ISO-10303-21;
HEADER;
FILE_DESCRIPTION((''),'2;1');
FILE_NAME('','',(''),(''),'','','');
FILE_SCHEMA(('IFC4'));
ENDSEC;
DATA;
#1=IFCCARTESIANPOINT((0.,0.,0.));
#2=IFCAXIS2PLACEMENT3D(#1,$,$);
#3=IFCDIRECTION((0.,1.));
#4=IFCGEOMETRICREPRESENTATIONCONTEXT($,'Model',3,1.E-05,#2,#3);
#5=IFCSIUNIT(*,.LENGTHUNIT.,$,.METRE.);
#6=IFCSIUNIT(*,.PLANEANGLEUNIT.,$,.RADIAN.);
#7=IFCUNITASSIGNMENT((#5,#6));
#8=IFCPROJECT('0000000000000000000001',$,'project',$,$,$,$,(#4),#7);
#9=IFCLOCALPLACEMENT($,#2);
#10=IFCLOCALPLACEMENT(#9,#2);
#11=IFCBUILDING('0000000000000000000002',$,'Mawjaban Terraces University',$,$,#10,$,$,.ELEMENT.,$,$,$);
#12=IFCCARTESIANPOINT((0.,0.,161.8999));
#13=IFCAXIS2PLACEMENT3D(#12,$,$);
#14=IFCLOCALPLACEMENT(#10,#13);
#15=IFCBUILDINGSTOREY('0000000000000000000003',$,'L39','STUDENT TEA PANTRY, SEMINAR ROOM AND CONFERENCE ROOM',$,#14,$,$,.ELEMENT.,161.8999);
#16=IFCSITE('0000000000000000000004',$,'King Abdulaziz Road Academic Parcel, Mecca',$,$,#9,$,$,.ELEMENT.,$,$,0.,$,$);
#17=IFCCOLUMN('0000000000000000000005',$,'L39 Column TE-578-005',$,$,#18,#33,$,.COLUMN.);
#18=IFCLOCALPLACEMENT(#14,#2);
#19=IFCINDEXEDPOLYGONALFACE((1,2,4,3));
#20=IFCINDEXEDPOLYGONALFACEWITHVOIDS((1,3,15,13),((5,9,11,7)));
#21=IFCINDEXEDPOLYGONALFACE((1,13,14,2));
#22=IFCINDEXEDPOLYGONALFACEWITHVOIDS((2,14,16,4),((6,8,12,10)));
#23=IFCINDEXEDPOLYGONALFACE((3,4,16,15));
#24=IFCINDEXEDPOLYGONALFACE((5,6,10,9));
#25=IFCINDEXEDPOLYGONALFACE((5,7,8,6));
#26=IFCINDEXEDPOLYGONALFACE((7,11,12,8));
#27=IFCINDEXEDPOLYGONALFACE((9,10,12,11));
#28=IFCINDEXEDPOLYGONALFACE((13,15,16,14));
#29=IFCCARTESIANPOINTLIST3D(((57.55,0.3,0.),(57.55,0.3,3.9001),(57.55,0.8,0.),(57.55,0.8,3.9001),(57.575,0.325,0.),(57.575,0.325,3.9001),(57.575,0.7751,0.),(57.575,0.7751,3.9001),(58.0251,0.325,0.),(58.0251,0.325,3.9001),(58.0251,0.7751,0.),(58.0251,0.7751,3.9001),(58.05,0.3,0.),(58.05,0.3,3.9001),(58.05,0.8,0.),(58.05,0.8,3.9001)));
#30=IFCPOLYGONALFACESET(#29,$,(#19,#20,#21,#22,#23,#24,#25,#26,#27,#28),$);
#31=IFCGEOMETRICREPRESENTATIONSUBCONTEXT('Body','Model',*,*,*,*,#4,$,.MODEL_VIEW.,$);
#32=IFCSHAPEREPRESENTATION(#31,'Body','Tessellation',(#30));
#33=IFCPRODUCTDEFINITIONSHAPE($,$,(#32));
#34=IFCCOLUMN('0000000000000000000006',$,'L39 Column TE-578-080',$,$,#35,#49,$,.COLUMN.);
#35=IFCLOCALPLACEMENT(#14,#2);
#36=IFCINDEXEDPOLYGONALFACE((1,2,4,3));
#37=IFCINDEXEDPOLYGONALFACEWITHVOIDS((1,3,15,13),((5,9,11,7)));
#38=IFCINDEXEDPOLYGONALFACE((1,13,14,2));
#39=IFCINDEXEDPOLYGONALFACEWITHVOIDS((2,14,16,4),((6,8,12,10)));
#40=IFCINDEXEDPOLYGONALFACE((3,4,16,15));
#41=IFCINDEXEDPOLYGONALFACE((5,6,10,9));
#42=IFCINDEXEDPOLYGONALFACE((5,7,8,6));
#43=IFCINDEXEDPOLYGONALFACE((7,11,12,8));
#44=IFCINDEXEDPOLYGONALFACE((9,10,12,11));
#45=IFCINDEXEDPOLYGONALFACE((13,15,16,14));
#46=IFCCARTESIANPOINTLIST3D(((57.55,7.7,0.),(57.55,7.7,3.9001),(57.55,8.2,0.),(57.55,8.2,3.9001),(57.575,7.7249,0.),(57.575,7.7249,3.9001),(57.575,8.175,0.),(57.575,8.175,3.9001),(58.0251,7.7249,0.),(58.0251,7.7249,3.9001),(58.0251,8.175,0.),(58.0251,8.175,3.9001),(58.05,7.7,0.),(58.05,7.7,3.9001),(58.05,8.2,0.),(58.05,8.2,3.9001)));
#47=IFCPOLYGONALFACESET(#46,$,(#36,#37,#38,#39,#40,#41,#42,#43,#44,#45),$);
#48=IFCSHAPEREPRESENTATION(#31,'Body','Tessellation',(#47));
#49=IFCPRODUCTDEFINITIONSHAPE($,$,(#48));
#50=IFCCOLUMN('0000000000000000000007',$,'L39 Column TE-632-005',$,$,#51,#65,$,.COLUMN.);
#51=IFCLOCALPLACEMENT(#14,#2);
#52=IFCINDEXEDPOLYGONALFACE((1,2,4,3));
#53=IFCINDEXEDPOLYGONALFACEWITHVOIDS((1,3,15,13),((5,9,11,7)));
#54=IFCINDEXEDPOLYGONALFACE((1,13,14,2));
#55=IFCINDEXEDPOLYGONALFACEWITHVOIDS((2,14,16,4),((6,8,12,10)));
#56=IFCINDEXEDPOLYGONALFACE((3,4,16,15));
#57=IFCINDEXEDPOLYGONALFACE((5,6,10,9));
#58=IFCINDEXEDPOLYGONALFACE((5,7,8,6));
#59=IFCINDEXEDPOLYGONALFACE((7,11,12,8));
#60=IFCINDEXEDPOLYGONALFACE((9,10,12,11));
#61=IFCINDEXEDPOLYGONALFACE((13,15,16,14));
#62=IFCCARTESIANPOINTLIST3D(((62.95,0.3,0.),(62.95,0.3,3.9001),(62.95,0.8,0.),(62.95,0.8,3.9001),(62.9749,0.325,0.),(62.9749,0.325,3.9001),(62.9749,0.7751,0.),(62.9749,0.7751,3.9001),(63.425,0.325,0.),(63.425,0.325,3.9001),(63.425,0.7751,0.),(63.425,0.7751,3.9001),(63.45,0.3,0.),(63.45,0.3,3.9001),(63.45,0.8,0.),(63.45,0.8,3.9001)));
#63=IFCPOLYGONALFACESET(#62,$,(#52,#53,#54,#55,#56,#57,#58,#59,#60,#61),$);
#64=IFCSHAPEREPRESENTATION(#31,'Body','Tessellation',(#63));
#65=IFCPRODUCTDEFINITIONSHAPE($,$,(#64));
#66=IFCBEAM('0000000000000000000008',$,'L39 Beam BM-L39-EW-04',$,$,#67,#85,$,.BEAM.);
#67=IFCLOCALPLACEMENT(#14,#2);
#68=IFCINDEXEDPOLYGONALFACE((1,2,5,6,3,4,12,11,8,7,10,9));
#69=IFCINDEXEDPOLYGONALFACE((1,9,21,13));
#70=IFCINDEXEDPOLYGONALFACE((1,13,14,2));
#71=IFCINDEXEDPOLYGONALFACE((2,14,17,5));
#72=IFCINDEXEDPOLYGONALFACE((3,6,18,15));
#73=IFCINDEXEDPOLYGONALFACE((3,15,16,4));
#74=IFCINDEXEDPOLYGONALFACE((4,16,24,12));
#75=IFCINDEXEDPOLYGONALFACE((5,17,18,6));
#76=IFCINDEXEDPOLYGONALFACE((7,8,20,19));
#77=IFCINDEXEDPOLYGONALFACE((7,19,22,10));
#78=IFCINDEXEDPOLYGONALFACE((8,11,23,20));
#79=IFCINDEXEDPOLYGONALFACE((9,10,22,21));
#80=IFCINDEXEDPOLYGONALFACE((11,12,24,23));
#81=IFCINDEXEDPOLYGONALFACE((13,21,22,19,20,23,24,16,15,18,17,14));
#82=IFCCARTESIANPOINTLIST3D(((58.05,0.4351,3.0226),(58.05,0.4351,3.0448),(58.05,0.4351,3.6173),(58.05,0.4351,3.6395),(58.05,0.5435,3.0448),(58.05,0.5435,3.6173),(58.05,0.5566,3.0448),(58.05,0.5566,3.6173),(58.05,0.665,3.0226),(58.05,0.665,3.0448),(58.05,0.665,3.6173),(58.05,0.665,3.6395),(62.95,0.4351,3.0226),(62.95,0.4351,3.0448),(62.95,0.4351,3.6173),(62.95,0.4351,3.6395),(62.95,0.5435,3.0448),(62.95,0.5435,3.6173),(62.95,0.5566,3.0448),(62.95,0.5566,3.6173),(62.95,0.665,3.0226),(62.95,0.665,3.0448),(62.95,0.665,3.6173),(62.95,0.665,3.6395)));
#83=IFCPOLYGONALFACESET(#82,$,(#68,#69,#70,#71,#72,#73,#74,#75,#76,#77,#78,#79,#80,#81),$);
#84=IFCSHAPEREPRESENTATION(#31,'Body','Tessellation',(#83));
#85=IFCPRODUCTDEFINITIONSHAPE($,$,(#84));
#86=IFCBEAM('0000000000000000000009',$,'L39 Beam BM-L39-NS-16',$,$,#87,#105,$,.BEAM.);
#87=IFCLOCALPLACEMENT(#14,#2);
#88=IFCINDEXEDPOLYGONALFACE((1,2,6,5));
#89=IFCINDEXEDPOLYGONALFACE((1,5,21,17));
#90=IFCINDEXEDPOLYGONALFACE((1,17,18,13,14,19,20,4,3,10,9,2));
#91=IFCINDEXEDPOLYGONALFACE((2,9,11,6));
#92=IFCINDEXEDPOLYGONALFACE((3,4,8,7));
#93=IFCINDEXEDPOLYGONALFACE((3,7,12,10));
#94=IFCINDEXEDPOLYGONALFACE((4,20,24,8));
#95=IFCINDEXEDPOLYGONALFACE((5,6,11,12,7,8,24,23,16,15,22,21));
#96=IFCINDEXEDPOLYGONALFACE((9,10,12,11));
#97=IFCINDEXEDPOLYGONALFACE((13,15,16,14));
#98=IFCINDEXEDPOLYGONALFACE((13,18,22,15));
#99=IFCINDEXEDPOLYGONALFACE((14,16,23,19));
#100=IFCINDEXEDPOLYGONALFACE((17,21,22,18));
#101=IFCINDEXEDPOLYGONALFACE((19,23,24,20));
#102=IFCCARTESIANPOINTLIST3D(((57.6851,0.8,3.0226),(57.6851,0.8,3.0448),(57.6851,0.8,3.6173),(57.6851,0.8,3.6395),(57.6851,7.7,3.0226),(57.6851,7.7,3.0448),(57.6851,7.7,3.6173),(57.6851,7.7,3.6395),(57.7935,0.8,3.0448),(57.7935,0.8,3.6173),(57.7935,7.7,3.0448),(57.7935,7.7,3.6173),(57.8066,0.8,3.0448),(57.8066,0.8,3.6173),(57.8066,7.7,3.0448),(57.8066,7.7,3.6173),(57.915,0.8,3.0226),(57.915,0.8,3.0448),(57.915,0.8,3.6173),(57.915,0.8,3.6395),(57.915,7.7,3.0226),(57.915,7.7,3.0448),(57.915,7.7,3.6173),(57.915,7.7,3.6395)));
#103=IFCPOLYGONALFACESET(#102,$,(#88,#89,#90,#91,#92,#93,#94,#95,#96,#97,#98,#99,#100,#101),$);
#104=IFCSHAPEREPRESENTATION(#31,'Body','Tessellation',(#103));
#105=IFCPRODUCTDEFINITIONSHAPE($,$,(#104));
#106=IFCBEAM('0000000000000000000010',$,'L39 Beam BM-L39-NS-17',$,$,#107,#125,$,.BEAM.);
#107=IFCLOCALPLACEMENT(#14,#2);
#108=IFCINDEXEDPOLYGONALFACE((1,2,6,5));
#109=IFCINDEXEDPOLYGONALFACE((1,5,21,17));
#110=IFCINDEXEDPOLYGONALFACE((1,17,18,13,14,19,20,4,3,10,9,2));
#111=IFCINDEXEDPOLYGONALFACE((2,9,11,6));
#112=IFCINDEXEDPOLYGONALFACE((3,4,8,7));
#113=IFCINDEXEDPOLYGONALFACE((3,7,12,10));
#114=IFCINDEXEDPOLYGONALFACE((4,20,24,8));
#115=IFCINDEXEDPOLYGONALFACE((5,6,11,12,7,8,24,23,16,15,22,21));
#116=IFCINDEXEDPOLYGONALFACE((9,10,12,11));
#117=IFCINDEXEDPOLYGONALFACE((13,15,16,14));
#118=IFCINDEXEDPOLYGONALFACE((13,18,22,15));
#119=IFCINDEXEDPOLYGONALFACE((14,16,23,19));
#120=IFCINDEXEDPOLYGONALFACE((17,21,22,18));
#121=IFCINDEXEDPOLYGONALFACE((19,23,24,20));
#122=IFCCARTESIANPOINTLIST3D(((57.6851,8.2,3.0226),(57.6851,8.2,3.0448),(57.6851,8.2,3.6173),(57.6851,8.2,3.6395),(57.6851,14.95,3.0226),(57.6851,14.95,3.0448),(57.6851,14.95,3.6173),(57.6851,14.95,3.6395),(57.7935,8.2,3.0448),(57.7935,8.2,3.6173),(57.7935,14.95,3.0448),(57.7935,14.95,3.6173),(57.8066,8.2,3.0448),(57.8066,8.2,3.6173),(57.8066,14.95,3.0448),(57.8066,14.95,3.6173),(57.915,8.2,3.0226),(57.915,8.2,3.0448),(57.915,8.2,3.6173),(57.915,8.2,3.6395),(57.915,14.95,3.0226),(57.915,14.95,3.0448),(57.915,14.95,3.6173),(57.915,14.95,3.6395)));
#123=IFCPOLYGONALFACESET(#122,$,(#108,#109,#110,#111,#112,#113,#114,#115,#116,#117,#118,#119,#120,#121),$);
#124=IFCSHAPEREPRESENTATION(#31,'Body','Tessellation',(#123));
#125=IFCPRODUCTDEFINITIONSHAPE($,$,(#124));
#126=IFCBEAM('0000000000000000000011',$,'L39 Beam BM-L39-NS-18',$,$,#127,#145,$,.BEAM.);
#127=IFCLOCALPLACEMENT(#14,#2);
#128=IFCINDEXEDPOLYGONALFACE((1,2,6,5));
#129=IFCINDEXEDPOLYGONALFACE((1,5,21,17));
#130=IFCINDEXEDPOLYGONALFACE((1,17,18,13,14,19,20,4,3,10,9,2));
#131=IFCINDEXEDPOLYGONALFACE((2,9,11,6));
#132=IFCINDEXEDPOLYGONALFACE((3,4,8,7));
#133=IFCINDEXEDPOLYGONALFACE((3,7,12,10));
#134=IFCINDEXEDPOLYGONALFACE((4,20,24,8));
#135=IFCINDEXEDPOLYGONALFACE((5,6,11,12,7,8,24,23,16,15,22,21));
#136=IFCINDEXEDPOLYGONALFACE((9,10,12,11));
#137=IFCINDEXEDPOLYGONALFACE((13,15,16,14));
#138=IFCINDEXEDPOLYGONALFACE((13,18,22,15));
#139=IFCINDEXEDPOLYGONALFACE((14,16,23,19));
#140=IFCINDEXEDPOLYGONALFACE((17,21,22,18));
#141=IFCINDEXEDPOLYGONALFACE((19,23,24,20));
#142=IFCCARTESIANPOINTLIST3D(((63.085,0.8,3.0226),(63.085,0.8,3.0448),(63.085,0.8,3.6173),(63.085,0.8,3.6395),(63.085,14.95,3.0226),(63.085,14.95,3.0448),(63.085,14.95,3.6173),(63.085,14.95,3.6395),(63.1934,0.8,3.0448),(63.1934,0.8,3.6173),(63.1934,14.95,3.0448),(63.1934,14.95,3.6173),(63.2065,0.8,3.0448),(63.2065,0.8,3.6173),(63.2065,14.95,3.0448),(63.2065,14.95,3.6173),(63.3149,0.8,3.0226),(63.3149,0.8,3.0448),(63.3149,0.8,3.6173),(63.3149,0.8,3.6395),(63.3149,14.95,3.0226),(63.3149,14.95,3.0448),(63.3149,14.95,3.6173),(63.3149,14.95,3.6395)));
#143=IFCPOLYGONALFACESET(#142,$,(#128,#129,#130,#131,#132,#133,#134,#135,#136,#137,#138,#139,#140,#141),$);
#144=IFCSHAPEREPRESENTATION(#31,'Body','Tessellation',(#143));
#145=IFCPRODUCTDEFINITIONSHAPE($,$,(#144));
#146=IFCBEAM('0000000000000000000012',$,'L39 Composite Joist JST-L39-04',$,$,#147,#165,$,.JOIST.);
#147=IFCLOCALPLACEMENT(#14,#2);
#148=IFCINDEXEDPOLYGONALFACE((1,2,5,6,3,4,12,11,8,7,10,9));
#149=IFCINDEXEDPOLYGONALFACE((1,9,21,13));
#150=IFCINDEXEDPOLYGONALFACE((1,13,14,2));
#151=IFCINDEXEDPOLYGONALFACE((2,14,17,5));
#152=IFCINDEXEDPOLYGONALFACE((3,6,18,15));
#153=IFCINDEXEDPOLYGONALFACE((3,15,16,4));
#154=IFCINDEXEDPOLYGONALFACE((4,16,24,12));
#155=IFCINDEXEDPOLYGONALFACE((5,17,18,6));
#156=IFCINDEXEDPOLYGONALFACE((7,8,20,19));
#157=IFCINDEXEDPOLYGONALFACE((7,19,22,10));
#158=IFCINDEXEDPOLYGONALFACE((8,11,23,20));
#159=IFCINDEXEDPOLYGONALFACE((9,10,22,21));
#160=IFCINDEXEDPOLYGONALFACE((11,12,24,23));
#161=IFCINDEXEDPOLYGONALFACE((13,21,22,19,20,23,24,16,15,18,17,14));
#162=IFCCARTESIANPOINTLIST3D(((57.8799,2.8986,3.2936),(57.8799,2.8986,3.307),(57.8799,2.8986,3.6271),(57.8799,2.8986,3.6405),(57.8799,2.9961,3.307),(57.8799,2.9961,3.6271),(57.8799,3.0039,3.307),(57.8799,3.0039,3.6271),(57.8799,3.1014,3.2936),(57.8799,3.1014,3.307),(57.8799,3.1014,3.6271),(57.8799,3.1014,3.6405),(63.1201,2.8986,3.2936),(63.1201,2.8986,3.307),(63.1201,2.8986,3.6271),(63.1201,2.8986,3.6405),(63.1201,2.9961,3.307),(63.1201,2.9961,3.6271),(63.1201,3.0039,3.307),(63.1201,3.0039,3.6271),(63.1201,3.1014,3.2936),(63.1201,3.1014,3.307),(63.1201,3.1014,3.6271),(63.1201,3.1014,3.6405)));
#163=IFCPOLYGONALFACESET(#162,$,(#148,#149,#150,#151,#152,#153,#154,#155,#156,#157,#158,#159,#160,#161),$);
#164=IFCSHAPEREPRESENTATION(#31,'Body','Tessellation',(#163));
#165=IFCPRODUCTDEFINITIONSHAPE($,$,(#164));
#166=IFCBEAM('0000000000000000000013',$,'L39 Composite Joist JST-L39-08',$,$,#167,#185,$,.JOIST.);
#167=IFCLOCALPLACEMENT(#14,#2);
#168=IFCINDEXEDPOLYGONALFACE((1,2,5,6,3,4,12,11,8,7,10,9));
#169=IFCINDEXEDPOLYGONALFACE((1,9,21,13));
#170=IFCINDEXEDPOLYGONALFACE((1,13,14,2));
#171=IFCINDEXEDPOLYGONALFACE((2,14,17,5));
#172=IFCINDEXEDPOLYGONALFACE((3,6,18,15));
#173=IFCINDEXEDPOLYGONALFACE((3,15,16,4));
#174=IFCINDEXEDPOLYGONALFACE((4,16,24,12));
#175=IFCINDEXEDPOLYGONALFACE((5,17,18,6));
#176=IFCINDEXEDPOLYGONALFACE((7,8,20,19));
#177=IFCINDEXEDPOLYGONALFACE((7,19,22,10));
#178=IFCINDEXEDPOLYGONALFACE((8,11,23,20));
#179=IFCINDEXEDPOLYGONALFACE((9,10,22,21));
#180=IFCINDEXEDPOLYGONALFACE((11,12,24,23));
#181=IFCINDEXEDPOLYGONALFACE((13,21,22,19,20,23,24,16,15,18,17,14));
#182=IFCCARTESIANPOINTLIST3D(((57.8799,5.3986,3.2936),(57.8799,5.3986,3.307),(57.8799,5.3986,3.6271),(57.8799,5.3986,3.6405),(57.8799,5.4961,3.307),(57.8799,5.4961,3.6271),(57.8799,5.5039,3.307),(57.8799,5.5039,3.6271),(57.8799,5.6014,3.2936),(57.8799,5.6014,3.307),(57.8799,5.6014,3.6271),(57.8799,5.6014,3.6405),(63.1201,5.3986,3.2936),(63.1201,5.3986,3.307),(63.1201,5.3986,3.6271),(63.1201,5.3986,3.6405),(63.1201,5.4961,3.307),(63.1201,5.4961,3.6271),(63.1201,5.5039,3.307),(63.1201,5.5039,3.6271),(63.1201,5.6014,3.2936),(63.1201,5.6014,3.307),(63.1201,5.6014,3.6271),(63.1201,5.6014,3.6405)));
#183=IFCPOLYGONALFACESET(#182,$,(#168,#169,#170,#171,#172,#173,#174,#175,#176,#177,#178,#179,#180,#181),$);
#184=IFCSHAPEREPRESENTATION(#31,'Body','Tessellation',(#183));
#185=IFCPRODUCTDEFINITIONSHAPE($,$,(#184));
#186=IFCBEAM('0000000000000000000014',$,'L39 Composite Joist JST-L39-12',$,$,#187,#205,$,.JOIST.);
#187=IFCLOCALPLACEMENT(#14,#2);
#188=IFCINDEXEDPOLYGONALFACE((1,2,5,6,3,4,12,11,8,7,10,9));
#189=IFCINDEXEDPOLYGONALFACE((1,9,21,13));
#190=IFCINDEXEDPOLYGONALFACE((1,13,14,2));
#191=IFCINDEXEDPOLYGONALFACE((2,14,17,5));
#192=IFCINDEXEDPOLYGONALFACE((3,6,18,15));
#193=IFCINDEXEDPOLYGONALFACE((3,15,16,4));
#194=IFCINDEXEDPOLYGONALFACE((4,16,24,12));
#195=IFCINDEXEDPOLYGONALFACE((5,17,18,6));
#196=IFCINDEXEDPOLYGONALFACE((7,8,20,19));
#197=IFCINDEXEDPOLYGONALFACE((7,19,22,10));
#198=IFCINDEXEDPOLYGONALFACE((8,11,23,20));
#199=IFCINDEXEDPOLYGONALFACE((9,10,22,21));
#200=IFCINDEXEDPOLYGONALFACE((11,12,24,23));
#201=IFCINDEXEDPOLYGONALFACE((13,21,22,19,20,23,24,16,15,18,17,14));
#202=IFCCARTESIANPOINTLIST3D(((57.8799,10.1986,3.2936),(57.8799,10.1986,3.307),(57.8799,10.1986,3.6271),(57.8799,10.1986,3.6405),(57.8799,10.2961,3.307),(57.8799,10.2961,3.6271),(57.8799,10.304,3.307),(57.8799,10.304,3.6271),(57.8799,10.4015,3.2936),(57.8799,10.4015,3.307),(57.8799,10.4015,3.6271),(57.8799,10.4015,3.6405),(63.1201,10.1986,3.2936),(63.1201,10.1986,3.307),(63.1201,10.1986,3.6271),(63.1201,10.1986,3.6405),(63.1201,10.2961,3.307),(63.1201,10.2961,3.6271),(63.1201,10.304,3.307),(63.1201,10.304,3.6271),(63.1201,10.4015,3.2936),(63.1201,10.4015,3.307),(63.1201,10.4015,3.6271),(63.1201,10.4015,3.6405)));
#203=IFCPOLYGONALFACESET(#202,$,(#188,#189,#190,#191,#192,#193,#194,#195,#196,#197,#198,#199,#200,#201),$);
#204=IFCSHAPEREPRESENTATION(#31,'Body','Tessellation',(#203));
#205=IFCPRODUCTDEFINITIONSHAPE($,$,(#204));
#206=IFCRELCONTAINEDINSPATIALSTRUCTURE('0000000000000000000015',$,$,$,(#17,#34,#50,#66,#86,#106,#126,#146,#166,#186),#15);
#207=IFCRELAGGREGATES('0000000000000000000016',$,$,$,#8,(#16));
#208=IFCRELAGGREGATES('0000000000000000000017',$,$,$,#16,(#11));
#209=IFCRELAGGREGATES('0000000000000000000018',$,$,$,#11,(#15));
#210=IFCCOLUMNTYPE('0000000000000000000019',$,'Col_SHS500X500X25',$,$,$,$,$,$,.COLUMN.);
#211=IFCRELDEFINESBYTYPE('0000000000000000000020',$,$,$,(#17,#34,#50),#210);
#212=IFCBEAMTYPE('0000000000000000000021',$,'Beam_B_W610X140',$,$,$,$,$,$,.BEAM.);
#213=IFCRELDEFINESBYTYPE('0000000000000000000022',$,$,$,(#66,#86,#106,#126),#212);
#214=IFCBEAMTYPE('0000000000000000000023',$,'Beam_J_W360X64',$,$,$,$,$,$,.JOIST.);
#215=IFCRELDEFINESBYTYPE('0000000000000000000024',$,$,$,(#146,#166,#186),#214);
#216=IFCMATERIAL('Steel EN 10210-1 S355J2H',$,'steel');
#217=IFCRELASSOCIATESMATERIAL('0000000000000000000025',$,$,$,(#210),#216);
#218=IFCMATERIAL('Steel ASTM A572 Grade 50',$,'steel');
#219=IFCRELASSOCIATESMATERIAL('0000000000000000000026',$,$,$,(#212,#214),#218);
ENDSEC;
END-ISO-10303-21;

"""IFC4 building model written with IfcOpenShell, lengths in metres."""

from ifc_helpers import new_model, si_unit, direction, frame, origin, origin_2d, place, context, subcontext, project, spatial, hollow_rectangle, i_section, extrude, material, material_profile, profile_set, type_object, element, save


model = new_model("IFC4")

# Units and contexts
model_context = context("Model", 3, precision=1e-05, world=origin(), true_north=direction((0.0, 1.0)))
body_context = subcontext(model_context, "Body", "Model", "MODEL_VIEW")
ifc_project = project(units=[si_unit("LENGTHUNIT", "METRE"), si_unit("PLANEANGLEUNIT", "RADIAN")], contexts=[model_context])

# Site, building, storey
site_placement = place(None, origin())
site = spatial("IfcSite", under=ifc_project, at=site_placement, Name="King Abdulaziz Road Academic Parcel, Mecca", CompositionType="ELEMENT", RefElevation=0.0)
building_placement = place(site_placement, origin())
building = spatial("IfcBuilding", under=site, at=building_placement, Name="Mawjaban Terraces University", CompositionType="ELEMENT")
storey_placement = place(building_placement, frame((0.0, 0.0, 161.8999)))
storey = spatial("IfcBuildingStorey", under=building, at=storey_placement, Name="L39", Description="STUDENT TEA PANTRY, SEMINAR ROOM AND CONFERENCE ROOM", CompositionType="ELEMENT", Elevation=161.8999)

# Columns
ifc_material_1 = material(Name="Steel EN 10210-1 S355J2H", Category="steel")
ifc_material_profile_1 = material_profile(ifc_material_1, hollow_rectangle(XDim=0.5, YDim=0.5, WallThickness=0.0249, at=origin_2d()), Name="SHS500X500X25")
ifc_profile_set_1 = profile_set([ifc_material_profile_1], Name="Steel EN 10210-1 S355J2H")
column_type = type_object("IfcColumnType", Name="Col_SHS500X500X25", PredefinedType="COLUMN", material=ifc_profile_set_1)
for number, where, z_axis, x_axis, name in (
    (1, (57.8, 0.55, 0.0), (0.0, 0.0, 1.0), (1.0, 0.0, 0.0), "L39 Column TE-578-005"),
    (2, (57.8, 7.95, 0.0), (0.0, 0.0, 1.0), (1.0, 0.0, 0.0), "L39 Column TE-578-080"),
    (3, (63.2, 0.55, 0.0), (0.0, 0.0, 1.0), (1.0, 0.0, 0.0), "L39 Column TE-632-005"),
):
    element("IfcColumn", number, at=place(storey_placement, frame(where, z_axis=z_axis, x_axis=x_axis)), inside=storey, type_object=column_type, Name=name, PredefinedType="COLUMN", context=body_context, shape_type="SweptSolid", body=[
        extrude(hollow_rectangle(XDim=0.5, YDim=0.5, WallThickness=0.0249, at=origin_2d()), origin(), (0.0, 0.0, 1.0), 3.9001),
    ])

# Beams
ifc_material_2 = material(Name="Steel ASTM A572 Grade 50", Category="steel")
ifc_material_profile_2 = material_profile(ifc_material_2, i_section(OverallWidth=0.23, OverallDepth=0.6169, WebThickness=0.0132, FlangeThickness=0.0222, at=origin_2d()), Name="W610X140")
ifc_profile_set_2 = profile_set([ifc_material_profile_2], Name="Steel ASTM A572 Grade 50")
beam_type_1 = type_object("IfcBeamType", Name="Beam_B_W610X140", PredefinedType="BEAM", material=ifc_profile_set_2)
beam_1_placement = place(storey_placement, frame((58.05, 0.55, 3.3311), z_axis=(1.0, 0.0, 0.0), x_axis=(0.0, 1.0, 0.0)))
element("IfcBeam", 4, at=beam_1_placement, inside=storey, type_object=beam_type_1, Name="L39 Beam BM-L39-EW-04", PredefinedType="BEAM", context=body_context, shape_type="SweptSolid", body=[
    extrude(i_section(OverallWidth=0.23, OverallDepth=0.6169, WebThickness=0.0132, FlangeThickness=0.0222, at=origin_2d()), origin(), (0.0, 0.0, 1.0), 4.8999),
])
beam_2_placement = place(storey_placement, frame((57.8, 0.8, 3.3311), z_axis=(0.0, 1.0, 0.0), x_axis=(-1.0, 0.0, 0.0)))
element("IfcBeam", 5, at=beam_2_placement, inside=storey, type_object=beam_type_1, Name="L39 Beam BM-L39-NS-16", PredefinedType="BEAM", context=body_context, shape_type="SweptSolid", body=[
    extrude(i_section(OverallWidth=0.23, OverallDepth=0.6169, WebThickness=0.0132, FlangeThickness=0.0222, at=origin_2d()), origin(), (0.0, 0.0, 1.0), 6.8999),
])
beam_3_placement = place(storey_placement, frame((57.8, 8.2, 3.3311), z_axis=(0.0, 1.0, 0.0), x_axis=(-1.0, 0.0, 0.0)))
element("IfcBeam", 6, at=beam_3_placement, inside=storey, type_object=beam_type_1, Name="L39 Beam BM-L39-NS-17", PredefinedType="BEAM", context=body_context, shape_type="SweptSolid", body=[
    extrude(i_section(OverallWidth=0.23, OverallDepth=0.6169, WebThickness=0.0132, FlangeThickness=0.0222, at=origin_2d()), origin(), (0.0, 0.0, 1.0), 6.75),
])
beam_4_placement = place(storey_placement, frame((63.2, 0.8, 3.3311), z_axis=(0.0, 1.0, 0.0), x_axis=(-1.0, 0.0, 0.0)))
element("IfcBeam", 7, at=beam_4_placement, inside=storey, type_object=beam_type_1, Name="L39 Beam BM-L39-NS-18", PredefinedType="BEAM", context=body_context, shape_type="SweptSolid", body=[
    extrude(i_section(OverallWidth=0.23, OverallDepth=0.6169, WebThickness=0.0132, FlangeThickness=0.0222, at=origin_2d()), origin(), (0.0, 0.0, 1.0), 14.1499),
])
ifc_material_profile_3 = material_profile(ifc_material_2, i_section(OverallWidth=0.2029, OverallDepth=0.3469, WebThickness=0.0078, FlangeThickness=0.0134, at=origin_2d()), Name="W360X64")
ifc_profile_set_3 = profile_set([ifc_material_profile_3], Name="Steel ASTM A572 Grade 50")
beam_type_2 = type_object("IfcBeamType", Name="Beam_J_W360X64", PredefinedType="JOIST", material=ifc_profile_set_3)
for number, where, z_axis, x_axis, name in (
    (8, (57.8799, 3.0, 3.467), (1.0, 0.0, 0.0), (0.0, 1.0, 0.0), "L39 Composite Joist JST-L39-04"),
    (9, (57.8799, 5.5, 3.467), (1.0, 0.0, 0.0), (0.0, 1.0, 0.0), "L39 Composite Joist JST-L39-08"),
    (10, (57.8799, 10.3, 3.467), (1.0, 0.0, 0.0), (0.0, 1.0, 0.0), "L39 Composite Joist JST-L39-12"),
):
    element("IfcBeam", number, at=place(storey_placement, frame(where, z_axis=z_axis, x_axis=x_axis)), inside=storey, type_object=beam_type_2, Name=name, PredefinedType="JOIST", context=body_context, shape_type="SweptSolid", body=[
        extrude(i_section(OverallWidth=0.2029, OverallDepth=0.3469, WebThickness=0.0078, FlangeThickness=0.0134, at=origin_2d()), origin(), (0.0, 0.0, 1.0), 5.2402),
    ])

save(model, "model.ifc")
